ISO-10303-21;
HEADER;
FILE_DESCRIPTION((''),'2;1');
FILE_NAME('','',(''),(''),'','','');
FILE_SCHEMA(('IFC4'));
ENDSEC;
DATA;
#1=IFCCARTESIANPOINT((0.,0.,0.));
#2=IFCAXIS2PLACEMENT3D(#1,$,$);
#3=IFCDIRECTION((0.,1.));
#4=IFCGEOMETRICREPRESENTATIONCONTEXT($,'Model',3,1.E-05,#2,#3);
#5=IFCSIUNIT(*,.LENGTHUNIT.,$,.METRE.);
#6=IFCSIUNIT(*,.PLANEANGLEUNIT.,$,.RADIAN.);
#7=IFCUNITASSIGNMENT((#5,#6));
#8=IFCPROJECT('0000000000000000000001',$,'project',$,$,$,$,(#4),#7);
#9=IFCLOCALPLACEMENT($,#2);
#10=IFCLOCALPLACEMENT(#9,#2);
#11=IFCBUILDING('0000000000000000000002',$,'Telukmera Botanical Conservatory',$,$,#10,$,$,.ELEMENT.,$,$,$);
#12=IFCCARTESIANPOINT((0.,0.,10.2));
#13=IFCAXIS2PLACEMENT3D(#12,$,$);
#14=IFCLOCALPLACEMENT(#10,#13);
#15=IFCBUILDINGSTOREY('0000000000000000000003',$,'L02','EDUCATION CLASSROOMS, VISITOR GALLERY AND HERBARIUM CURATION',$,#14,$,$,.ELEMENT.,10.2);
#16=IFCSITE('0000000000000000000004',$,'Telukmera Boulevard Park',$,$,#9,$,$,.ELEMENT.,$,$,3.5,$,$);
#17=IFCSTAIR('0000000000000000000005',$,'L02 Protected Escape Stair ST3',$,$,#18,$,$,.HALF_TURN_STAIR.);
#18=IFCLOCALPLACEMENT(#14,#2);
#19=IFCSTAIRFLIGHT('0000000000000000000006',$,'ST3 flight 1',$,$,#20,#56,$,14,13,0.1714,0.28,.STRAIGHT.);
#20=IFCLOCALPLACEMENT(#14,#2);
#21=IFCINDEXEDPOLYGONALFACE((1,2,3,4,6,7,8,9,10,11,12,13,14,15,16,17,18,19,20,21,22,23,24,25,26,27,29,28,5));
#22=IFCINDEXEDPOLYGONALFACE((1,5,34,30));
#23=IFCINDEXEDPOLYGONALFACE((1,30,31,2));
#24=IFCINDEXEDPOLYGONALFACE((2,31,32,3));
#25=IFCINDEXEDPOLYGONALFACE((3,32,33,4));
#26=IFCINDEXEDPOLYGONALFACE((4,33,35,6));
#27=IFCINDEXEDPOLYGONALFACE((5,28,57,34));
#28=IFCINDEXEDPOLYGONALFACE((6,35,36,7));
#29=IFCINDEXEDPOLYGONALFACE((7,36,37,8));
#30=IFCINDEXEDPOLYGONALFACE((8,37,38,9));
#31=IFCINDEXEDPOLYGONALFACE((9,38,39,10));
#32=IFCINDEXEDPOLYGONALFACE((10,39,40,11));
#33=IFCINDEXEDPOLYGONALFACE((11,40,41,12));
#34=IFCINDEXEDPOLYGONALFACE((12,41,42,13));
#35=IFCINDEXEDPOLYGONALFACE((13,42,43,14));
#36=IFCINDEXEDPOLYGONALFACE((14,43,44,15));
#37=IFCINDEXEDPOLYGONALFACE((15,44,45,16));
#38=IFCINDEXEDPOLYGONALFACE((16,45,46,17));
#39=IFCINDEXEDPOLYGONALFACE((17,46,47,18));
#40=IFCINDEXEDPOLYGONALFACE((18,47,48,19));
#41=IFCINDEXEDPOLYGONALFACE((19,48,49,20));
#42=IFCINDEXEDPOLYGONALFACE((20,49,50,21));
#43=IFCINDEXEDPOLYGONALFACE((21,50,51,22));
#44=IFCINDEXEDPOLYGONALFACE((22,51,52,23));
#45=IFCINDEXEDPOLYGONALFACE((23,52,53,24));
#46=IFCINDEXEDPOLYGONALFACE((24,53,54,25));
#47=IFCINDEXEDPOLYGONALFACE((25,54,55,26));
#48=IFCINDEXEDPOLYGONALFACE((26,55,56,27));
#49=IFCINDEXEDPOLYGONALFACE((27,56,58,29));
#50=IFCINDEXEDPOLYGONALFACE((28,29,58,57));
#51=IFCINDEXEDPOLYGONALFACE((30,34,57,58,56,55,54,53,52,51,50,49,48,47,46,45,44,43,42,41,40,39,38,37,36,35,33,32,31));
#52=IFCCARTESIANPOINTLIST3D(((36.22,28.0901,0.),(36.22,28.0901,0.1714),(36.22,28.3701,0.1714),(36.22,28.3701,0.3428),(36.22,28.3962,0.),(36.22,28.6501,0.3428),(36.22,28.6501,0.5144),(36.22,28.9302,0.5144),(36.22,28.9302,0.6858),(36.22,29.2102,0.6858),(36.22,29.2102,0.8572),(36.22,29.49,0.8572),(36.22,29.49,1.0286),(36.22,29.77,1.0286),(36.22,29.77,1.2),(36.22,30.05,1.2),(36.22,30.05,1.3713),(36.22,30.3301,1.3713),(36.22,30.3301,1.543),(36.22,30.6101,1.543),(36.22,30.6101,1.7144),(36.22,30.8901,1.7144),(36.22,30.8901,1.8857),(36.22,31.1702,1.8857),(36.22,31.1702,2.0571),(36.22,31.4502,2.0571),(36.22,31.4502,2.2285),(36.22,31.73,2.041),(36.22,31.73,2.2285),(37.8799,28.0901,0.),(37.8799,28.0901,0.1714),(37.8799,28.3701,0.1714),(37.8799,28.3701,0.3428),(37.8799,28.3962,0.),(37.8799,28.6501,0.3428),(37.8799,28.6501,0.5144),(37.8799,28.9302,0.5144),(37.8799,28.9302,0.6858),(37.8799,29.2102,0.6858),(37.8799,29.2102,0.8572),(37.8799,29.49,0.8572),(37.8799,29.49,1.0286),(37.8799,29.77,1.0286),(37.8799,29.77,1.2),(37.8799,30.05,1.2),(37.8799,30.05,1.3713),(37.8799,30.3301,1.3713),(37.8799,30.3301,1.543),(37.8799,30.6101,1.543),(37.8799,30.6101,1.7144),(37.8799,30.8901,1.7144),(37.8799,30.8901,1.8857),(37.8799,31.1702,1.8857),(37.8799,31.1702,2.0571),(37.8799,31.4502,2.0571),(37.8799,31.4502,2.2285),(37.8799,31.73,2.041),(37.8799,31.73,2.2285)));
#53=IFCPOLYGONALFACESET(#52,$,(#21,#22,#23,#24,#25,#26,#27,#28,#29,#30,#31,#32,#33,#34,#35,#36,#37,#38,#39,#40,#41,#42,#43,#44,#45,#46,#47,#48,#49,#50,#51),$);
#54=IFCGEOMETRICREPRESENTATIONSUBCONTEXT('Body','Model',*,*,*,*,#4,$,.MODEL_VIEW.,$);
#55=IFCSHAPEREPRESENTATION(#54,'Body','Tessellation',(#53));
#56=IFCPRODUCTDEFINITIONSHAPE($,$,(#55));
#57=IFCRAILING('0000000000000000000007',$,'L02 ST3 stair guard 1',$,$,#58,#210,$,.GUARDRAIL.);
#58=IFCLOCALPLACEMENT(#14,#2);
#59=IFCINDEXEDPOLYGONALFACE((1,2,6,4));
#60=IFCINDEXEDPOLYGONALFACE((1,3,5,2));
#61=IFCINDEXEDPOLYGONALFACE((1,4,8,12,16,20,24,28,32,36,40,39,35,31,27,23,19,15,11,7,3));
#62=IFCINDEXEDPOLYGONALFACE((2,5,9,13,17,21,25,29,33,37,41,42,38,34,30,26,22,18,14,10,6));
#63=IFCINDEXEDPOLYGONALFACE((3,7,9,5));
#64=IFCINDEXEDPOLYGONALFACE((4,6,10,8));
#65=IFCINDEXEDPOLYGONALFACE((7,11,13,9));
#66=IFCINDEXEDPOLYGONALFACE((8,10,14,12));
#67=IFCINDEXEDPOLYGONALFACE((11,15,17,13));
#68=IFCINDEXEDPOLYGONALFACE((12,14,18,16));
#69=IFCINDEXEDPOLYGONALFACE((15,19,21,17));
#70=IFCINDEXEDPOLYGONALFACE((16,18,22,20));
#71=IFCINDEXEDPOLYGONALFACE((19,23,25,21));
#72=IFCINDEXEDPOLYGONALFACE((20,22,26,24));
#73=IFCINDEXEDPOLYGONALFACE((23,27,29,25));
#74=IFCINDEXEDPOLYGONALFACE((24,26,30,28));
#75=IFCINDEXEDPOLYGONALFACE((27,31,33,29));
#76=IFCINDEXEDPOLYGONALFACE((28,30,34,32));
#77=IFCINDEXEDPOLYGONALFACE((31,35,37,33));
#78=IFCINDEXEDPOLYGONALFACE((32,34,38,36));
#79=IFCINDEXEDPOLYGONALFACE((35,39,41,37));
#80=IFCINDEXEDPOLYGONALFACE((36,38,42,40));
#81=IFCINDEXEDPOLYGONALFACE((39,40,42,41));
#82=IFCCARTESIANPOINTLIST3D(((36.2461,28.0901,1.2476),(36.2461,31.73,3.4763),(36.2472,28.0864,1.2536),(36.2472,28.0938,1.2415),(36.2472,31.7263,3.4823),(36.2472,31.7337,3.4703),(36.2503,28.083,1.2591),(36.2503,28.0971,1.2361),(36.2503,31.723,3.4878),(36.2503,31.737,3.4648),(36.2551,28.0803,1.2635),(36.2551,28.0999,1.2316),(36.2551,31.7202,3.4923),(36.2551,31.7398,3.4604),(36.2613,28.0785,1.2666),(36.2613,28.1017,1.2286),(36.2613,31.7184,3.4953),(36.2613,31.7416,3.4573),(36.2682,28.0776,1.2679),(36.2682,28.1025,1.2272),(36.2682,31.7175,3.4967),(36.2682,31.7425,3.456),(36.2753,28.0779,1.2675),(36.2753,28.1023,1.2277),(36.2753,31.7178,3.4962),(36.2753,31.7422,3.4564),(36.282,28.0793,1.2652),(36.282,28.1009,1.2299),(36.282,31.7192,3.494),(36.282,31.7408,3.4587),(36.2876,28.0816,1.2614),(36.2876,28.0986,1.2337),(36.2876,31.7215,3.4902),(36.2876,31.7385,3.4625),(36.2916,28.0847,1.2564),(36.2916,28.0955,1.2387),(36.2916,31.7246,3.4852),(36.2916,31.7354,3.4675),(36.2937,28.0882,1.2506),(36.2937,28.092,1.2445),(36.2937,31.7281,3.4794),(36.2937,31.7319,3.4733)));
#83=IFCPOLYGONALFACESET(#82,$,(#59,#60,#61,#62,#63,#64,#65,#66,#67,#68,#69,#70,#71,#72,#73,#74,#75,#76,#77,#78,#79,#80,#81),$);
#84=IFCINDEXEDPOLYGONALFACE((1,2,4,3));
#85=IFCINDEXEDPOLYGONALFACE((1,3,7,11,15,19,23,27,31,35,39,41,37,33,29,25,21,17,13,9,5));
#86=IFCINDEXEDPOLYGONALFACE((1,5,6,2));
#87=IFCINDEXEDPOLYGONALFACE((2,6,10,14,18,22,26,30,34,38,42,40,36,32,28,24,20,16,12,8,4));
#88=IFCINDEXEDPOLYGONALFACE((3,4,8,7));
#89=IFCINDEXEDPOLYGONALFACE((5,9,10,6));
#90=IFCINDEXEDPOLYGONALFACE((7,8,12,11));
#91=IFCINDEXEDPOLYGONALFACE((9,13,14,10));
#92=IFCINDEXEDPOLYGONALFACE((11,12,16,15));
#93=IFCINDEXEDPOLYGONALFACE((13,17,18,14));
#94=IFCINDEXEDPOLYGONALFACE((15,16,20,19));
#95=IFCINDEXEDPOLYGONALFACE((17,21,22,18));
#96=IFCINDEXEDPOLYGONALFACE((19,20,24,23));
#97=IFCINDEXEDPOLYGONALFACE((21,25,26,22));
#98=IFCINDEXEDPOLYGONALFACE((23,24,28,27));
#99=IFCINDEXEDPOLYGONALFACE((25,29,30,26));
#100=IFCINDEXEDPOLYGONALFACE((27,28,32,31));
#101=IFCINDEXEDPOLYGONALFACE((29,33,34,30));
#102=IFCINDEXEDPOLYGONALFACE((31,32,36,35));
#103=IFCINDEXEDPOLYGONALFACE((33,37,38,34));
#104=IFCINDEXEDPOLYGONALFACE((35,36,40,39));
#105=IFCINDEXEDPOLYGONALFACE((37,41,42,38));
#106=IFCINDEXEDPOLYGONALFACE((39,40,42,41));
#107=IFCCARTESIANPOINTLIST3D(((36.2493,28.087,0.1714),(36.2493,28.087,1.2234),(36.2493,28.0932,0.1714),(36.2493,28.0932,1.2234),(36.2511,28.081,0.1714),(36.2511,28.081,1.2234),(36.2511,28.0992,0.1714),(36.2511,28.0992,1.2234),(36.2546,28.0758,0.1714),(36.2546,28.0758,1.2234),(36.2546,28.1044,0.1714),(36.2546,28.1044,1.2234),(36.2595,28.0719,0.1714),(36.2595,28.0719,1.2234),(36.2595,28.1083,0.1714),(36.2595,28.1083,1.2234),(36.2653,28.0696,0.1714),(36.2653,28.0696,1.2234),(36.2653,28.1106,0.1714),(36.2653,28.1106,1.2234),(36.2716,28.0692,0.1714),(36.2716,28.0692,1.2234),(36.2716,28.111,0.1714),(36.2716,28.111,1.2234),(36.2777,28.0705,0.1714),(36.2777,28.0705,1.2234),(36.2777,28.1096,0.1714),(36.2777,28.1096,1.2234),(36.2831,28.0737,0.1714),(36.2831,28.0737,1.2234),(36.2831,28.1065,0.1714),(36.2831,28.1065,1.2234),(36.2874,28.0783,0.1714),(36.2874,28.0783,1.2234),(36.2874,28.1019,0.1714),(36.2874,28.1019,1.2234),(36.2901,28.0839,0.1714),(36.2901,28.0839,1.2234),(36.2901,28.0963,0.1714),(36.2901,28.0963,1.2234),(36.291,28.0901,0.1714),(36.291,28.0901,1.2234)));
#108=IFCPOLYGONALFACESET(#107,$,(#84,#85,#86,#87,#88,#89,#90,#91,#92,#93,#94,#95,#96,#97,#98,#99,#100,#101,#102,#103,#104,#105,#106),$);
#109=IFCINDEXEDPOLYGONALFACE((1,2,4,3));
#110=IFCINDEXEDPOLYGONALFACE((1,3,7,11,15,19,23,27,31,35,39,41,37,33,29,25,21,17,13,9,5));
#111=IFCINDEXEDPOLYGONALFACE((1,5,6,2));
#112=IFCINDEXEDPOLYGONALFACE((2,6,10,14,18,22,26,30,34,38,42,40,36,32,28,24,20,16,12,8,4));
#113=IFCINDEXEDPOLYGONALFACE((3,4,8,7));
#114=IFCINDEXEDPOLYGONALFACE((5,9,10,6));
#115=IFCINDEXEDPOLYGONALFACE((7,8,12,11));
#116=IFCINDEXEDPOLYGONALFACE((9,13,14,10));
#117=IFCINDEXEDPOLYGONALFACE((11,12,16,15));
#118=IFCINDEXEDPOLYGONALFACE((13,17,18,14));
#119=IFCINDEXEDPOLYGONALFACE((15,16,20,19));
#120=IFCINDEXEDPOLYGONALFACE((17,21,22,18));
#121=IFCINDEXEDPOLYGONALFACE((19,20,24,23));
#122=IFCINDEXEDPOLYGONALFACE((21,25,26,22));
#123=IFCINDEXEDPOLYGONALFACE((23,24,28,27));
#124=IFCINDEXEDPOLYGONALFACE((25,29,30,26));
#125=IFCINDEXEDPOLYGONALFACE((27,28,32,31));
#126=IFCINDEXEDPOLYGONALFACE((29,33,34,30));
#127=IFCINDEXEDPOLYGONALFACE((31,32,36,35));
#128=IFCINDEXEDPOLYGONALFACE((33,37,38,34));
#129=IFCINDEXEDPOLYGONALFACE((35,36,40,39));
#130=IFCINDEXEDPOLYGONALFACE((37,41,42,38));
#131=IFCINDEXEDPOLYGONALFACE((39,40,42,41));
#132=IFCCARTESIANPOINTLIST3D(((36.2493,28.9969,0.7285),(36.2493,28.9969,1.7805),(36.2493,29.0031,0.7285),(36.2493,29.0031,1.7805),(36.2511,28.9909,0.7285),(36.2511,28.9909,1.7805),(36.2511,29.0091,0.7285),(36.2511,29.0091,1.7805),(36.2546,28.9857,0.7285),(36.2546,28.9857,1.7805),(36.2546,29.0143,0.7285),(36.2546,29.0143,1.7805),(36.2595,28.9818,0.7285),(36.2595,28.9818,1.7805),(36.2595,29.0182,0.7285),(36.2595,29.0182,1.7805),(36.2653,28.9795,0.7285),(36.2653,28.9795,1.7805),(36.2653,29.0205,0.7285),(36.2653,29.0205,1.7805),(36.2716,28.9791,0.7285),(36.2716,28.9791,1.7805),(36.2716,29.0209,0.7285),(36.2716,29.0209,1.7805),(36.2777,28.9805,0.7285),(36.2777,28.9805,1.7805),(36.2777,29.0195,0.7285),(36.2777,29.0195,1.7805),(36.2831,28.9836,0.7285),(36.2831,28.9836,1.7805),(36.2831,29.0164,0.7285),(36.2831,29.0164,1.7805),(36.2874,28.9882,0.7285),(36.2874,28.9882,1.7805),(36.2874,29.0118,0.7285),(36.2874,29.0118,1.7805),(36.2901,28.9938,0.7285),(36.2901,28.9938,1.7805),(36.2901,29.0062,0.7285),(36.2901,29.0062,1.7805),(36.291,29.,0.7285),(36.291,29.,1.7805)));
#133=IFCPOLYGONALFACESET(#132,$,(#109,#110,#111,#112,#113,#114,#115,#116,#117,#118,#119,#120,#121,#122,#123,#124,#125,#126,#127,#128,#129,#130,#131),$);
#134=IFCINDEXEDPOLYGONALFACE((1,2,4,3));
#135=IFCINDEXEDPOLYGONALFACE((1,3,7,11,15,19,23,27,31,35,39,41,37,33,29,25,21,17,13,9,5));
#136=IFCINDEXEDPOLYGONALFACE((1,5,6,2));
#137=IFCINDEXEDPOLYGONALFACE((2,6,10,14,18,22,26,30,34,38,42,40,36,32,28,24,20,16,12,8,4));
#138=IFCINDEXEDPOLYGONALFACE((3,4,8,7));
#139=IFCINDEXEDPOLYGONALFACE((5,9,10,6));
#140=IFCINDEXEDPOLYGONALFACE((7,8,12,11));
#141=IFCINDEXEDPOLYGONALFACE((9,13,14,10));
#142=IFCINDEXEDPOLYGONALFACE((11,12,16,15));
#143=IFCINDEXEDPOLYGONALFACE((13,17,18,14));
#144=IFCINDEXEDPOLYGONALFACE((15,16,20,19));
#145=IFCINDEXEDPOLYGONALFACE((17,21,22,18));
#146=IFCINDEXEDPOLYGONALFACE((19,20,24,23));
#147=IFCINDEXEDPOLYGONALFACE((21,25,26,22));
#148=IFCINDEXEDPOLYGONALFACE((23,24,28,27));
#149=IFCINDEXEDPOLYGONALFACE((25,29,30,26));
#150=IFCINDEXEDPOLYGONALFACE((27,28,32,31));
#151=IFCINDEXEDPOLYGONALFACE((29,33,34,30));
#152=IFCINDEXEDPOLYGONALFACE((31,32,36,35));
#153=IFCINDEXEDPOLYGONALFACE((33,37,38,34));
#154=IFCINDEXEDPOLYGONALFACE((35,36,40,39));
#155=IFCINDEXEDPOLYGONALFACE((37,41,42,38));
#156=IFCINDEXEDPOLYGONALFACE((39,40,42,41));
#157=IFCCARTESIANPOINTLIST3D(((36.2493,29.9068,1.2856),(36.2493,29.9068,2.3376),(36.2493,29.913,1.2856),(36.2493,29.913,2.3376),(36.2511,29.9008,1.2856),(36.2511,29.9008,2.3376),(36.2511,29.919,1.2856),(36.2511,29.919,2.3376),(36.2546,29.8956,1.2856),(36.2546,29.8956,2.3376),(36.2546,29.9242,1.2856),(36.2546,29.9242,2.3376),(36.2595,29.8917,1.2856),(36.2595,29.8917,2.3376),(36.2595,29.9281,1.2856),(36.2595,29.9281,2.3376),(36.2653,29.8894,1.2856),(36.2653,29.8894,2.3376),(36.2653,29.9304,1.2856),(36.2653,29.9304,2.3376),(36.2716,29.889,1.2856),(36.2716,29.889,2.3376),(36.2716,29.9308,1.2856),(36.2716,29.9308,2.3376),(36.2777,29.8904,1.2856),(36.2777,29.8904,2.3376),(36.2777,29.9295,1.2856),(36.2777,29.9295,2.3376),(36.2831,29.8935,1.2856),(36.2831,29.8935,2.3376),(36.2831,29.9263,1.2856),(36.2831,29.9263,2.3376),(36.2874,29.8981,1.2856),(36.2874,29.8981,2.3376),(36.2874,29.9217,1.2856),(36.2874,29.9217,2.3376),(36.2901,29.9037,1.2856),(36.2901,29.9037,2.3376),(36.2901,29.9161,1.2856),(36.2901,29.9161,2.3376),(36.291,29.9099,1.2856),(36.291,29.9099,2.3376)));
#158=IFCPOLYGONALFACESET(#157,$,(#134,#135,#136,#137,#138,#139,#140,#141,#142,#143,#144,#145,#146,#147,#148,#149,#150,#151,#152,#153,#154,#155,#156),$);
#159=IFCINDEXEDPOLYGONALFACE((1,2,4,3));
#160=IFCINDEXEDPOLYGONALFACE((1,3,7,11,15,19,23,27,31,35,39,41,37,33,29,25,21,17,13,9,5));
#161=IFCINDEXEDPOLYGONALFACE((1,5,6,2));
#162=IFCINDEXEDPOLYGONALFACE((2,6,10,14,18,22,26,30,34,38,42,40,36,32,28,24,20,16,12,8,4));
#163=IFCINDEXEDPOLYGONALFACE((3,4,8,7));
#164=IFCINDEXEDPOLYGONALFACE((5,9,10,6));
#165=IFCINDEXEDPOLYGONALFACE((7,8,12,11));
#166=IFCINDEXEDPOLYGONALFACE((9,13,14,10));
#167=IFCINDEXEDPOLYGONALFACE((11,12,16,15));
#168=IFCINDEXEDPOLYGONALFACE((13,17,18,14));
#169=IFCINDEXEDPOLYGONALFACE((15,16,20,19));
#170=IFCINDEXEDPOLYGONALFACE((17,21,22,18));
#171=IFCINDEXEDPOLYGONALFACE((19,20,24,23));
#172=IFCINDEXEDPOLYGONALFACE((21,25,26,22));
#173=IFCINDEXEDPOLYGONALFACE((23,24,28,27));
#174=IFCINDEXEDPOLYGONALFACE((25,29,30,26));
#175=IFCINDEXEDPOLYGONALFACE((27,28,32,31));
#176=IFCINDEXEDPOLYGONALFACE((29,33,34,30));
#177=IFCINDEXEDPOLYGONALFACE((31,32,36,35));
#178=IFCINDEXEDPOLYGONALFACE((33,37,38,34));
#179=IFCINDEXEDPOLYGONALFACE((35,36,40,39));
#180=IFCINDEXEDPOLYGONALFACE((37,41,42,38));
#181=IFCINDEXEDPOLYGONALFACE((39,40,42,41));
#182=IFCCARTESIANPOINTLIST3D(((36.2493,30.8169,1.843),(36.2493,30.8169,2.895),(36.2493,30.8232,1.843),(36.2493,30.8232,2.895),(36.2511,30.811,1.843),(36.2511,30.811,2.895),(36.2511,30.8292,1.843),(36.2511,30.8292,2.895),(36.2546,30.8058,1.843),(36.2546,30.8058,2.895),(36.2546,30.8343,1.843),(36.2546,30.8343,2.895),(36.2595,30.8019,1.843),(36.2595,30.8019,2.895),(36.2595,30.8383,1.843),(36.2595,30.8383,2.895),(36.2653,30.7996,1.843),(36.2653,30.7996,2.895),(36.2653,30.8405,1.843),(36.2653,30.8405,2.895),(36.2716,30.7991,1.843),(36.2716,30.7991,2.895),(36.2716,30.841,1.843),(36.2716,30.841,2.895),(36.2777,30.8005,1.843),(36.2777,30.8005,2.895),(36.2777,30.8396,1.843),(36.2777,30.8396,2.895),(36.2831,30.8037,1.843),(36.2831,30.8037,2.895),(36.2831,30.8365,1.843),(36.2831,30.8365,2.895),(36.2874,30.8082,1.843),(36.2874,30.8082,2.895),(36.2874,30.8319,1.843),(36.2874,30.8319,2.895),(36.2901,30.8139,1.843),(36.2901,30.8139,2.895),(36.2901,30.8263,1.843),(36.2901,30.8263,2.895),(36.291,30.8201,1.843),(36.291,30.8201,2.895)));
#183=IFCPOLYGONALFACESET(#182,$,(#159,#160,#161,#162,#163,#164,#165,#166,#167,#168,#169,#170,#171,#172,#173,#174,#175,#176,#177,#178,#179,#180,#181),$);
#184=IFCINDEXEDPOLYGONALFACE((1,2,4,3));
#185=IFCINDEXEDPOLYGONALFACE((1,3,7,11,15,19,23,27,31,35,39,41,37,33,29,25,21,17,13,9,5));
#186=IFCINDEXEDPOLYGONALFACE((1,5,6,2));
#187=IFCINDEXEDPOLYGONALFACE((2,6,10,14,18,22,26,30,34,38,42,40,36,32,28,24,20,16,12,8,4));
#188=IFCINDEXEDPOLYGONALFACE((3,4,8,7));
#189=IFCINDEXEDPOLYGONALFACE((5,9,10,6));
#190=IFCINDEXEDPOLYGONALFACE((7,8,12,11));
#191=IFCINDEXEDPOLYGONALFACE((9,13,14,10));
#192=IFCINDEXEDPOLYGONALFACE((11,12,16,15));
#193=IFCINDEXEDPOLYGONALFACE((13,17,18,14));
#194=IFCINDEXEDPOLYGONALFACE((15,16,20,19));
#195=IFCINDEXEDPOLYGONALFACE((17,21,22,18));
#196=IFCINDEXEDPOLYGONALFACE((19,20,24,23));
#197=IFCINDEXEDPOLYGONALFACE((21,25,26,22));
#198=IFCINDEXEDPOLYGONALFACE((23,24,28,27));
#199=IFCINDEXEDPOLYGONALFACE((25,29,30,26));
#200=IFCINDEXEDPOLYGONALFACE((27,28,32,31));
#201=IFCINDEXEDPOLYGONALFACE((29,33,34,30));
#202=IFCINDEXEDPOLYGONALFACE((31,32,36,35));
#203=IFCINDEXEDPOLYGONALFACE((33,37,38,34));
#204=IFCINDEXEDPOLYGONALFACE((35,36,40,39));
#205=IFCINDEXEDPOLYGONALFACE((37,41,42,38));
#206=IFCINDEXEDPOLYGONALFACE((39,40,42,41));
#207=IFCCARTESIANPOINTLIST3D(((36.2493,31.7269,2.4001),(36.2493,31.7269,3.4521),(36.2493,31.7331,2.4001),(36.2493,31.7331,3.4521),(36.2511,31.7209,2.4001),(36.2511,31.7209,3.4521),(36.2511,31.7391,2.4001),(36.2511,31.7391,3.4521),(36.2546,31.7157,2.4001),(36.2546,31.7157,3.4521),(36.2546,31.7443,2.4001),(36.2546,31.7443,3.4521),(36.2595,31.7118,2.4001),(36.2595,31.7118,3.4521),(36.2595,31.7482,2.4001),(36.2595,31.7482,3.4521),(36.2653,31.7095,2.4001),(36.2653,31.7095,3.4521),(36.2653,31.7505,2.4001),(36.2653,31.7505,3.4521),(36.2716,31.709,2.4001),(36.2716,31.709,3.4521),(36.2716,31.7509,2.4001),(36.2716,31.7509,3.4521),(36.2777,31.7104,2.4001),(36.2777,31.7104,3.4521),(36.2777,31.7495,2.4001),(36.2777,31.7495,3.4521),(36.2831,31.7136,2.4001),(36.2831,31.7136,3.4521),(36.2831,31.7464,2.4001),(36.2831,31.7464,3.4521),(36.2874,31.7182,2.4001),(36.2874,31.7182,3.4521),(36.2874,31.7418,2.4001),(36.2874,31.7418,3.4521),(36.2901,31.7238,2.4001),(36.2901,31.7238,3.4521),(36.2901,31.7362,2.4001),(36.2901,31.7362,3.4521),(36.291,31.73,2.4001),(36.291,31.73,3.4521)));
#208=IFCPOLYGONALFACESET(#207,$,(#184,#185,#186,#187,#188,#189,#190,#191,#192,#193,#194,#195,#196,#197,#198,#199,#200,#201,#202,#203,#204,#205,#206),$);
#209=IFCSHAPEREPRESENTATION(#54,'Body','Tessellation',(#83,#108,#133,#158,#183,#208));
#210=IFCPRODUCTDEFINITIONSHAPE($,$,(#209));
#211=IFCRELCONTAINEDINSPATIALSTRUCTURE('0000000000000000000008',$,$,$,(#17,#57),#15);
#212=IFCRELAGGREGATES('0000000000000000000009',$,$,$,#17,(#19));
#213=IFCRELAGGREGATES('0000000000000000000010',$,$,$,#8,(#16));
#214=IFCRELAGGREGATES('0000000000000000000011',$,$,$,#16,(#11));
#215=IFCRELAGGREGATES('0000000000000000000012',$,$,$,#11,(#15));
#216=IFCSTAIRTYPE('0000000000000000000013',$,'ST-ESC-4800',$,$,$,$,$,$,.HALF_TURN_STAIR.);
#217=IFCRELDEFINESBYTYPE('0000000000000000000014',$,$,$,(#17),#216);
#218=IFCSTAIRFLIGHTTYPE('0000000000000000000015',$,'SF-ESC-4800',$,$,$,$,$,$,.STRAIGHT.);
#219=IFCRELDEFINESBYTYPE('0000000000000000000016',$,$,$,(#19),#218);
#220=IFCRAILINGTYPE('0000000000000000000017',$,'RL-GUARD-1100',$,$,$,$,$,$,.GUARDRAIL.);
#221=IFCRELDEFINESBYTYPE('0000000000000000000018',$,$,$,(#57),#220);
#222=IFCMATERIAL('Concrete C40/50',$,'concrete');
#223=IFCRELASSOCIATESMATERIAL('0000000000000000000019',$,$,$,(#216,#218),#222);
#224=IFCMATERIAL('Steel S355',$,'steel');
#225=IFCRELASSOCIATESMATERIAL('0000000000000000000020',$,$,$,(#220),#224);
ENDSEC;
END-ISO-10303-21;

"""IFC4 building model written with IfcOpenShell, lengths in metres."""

from ifc_helpers import new_model, si_unit, direction, frame, origin, origin_2d, place, context, subcontext, project, spatial, polyline, circle, outline, extrude, material, type_object, element, aggregate, save


model = new_model("IFC4")

# Units and contexts
model_context = context("Model", 3, precision=1e-05, world=origin(), true_north=direction((0.0, 1.0)))
body_context = subcontext(model_context, "Body", "Model", "MODEL_VIEW")
ifc_project = project(units=[si_unit("LENGTHUNIT", "METRE"), si_unit("PLANEANGLEUNIT", "RADIAN")], contexts=[model_context])

# Site, building, storey
site_placement = place(None, origin())
site = spatial("IfcSite", under=ifc_project, at=site_placement, Name="Telukmera Boulevard Park", CompositionType="ELEMENT", RefElevation=3.5)
building_placement = place(site_placement, origin())
building = spatial("IfcBuilding", under=site, at=building_placement, Name="Telukmera Botanical Conservatory", CompositionType="ELEMENT")
storey_placement = place(building_placement, frame((0.0, 0.0, 10.2)))
storey = spatial("IfcBuildingStorey", under=building, at=storey_placement, Name="L02", Description="EDUCATION CLASSROOMS, VISITOR GALLERY AND HERBARIUM CURATION", CompositionType="ELEMENT", Elevation=10.2)

# Shared definitions
ifc_material_1 = material(Name="Concrete C40/50", Category="concrete")

# Stair, stair flight
stair_type = type_object("IfcStairType", Name="ST-ESC-4800", PredefinedType="HALF_TURN_STAIR", material=ifc_material_1)
stair_placement = place(storey_placement, origin())
stair = element("IfcStair", 1, at=stair_placement, inside=storey, type_object=stair_type, Name="L02 Protected Escape Stair ST3", PredefinedType="HALF_TURN_STAIR")
stair_flight_type = type_object("IfcStairFlightType", Name="SF-ESC-4800", PredefinedType="STRAIGHT", material=ifc_material_1)
stair_flight_placement = place(storey_placement, frame((37.05, 28.0901, 0.0), z_axis=(0.0, 0.0, 1.0), x_axis=(0.0, 1.0, 0.0)))
stair_flight = element("IfcStairFlight", 2, at=stair_flight_placement, type_object=stair_flight_type, Name="ST3 flight 1", NumberOfRisers=14, NumberOfTreads=13, PredefinedType="STRAIGHT", RiserHeight=0.1714, TreadLength=0.28, context=body_context, shape_type="SweptSolid", body=[
    extrude(outline(polyline([(0.0, 0.0), (0.0, 0.1714), (0.28, 0.1714), (0.28, 0.3428), (0.5601, 0.3428), (0.5601, 0.5144), (0.8401, 0.5144), (0.8401, 0.6858), (1.1201, 0.6858), (1.1201, 0.8572), (1.3999, 0.8572), (1.3999, 1.0286), (1.6799, 1.0286), (1.6799, 1.2), (1.96, 1.2), (1.96, 1.3713), (2.24, 1.3713), (2.24, 1.543), (2.52, 1.543), (2.52, 1.7144), (2.8, 1.7144), (2.8, 1.8857), (3.0801, 1.8857), (3.0801, 2.0571), (3.3601, 2.0571), (3.3601, 2.2285), (3.6399, 2.2285), (3.6399, 2.3999), (3.6399, 2.041), (0.3062, 0.0), (0.0, 0.0)])), frame((0.0, 0.8301, 0.0), z_axis=(0.0, -1.0, 0.0), x_axis=(1.0, 0.0, 0.0)), (0.0, 0.0, 1.0), 1.6599),
])
aggregate(stair, [stair_flight])

# Railing
ifc_material_2 = material(Name="Steel S355", Category="steel")
railing_type = type_object("IfcRailingType", Name="RL-GUARD-1100", PredefinedType="GUARDRAIL", material=ifc_material_2)
railing_1_placement = place(storey_placement, frame((36.27, 28.0901, 0.1714)))
element("IfcRailing", 3, at=railing_1_placement, inside=storey, type_object=railing_type, Name="L02 ST3 stair guard 1", PredefinedType="GUARDRAIL", context=body_context, shape_type="SweptSolid", body=[
    extrude(circle(Radius=0.0239, at=origin_2d()), frame((0.0, 0.0, 1.0762), z_axis=(0.0, 0.852825, 0.522197), x_axis=(-1.0, 0.0, 0.0)), (0.0, 0.0, 1.0), 4.2681),
    extrude(circle(Radius=0.021, at=origin_2d()), origin(), (0.0, 0.0, 1.0), 1.052),
    extrude(circle(Radius=0.021, at=origin_2d()), frame((0.0, 0.9099, 0.5571)), (0.0, 0.0, 1.0), 1.052),
    extrude(circle(Radius=0.021, at=origin_2d()), frame((0.0, 1.8198, 1.1143)), (0.0, 0.0, 1.0), 1.052),
    extrude(circle(Radius=0.021, at=origin_2d()), frame((0.0, 2.73, 1.6716)), (0.0, 0.0, 1.0), 1.052),
    extrude(circle(Radius=0.021, at=origin_2d()), frame((0.0, 3.6399, 2.2288)), (0.0, 0.0, 1.0), 1.052),
])

save(model, "model.ifc")
